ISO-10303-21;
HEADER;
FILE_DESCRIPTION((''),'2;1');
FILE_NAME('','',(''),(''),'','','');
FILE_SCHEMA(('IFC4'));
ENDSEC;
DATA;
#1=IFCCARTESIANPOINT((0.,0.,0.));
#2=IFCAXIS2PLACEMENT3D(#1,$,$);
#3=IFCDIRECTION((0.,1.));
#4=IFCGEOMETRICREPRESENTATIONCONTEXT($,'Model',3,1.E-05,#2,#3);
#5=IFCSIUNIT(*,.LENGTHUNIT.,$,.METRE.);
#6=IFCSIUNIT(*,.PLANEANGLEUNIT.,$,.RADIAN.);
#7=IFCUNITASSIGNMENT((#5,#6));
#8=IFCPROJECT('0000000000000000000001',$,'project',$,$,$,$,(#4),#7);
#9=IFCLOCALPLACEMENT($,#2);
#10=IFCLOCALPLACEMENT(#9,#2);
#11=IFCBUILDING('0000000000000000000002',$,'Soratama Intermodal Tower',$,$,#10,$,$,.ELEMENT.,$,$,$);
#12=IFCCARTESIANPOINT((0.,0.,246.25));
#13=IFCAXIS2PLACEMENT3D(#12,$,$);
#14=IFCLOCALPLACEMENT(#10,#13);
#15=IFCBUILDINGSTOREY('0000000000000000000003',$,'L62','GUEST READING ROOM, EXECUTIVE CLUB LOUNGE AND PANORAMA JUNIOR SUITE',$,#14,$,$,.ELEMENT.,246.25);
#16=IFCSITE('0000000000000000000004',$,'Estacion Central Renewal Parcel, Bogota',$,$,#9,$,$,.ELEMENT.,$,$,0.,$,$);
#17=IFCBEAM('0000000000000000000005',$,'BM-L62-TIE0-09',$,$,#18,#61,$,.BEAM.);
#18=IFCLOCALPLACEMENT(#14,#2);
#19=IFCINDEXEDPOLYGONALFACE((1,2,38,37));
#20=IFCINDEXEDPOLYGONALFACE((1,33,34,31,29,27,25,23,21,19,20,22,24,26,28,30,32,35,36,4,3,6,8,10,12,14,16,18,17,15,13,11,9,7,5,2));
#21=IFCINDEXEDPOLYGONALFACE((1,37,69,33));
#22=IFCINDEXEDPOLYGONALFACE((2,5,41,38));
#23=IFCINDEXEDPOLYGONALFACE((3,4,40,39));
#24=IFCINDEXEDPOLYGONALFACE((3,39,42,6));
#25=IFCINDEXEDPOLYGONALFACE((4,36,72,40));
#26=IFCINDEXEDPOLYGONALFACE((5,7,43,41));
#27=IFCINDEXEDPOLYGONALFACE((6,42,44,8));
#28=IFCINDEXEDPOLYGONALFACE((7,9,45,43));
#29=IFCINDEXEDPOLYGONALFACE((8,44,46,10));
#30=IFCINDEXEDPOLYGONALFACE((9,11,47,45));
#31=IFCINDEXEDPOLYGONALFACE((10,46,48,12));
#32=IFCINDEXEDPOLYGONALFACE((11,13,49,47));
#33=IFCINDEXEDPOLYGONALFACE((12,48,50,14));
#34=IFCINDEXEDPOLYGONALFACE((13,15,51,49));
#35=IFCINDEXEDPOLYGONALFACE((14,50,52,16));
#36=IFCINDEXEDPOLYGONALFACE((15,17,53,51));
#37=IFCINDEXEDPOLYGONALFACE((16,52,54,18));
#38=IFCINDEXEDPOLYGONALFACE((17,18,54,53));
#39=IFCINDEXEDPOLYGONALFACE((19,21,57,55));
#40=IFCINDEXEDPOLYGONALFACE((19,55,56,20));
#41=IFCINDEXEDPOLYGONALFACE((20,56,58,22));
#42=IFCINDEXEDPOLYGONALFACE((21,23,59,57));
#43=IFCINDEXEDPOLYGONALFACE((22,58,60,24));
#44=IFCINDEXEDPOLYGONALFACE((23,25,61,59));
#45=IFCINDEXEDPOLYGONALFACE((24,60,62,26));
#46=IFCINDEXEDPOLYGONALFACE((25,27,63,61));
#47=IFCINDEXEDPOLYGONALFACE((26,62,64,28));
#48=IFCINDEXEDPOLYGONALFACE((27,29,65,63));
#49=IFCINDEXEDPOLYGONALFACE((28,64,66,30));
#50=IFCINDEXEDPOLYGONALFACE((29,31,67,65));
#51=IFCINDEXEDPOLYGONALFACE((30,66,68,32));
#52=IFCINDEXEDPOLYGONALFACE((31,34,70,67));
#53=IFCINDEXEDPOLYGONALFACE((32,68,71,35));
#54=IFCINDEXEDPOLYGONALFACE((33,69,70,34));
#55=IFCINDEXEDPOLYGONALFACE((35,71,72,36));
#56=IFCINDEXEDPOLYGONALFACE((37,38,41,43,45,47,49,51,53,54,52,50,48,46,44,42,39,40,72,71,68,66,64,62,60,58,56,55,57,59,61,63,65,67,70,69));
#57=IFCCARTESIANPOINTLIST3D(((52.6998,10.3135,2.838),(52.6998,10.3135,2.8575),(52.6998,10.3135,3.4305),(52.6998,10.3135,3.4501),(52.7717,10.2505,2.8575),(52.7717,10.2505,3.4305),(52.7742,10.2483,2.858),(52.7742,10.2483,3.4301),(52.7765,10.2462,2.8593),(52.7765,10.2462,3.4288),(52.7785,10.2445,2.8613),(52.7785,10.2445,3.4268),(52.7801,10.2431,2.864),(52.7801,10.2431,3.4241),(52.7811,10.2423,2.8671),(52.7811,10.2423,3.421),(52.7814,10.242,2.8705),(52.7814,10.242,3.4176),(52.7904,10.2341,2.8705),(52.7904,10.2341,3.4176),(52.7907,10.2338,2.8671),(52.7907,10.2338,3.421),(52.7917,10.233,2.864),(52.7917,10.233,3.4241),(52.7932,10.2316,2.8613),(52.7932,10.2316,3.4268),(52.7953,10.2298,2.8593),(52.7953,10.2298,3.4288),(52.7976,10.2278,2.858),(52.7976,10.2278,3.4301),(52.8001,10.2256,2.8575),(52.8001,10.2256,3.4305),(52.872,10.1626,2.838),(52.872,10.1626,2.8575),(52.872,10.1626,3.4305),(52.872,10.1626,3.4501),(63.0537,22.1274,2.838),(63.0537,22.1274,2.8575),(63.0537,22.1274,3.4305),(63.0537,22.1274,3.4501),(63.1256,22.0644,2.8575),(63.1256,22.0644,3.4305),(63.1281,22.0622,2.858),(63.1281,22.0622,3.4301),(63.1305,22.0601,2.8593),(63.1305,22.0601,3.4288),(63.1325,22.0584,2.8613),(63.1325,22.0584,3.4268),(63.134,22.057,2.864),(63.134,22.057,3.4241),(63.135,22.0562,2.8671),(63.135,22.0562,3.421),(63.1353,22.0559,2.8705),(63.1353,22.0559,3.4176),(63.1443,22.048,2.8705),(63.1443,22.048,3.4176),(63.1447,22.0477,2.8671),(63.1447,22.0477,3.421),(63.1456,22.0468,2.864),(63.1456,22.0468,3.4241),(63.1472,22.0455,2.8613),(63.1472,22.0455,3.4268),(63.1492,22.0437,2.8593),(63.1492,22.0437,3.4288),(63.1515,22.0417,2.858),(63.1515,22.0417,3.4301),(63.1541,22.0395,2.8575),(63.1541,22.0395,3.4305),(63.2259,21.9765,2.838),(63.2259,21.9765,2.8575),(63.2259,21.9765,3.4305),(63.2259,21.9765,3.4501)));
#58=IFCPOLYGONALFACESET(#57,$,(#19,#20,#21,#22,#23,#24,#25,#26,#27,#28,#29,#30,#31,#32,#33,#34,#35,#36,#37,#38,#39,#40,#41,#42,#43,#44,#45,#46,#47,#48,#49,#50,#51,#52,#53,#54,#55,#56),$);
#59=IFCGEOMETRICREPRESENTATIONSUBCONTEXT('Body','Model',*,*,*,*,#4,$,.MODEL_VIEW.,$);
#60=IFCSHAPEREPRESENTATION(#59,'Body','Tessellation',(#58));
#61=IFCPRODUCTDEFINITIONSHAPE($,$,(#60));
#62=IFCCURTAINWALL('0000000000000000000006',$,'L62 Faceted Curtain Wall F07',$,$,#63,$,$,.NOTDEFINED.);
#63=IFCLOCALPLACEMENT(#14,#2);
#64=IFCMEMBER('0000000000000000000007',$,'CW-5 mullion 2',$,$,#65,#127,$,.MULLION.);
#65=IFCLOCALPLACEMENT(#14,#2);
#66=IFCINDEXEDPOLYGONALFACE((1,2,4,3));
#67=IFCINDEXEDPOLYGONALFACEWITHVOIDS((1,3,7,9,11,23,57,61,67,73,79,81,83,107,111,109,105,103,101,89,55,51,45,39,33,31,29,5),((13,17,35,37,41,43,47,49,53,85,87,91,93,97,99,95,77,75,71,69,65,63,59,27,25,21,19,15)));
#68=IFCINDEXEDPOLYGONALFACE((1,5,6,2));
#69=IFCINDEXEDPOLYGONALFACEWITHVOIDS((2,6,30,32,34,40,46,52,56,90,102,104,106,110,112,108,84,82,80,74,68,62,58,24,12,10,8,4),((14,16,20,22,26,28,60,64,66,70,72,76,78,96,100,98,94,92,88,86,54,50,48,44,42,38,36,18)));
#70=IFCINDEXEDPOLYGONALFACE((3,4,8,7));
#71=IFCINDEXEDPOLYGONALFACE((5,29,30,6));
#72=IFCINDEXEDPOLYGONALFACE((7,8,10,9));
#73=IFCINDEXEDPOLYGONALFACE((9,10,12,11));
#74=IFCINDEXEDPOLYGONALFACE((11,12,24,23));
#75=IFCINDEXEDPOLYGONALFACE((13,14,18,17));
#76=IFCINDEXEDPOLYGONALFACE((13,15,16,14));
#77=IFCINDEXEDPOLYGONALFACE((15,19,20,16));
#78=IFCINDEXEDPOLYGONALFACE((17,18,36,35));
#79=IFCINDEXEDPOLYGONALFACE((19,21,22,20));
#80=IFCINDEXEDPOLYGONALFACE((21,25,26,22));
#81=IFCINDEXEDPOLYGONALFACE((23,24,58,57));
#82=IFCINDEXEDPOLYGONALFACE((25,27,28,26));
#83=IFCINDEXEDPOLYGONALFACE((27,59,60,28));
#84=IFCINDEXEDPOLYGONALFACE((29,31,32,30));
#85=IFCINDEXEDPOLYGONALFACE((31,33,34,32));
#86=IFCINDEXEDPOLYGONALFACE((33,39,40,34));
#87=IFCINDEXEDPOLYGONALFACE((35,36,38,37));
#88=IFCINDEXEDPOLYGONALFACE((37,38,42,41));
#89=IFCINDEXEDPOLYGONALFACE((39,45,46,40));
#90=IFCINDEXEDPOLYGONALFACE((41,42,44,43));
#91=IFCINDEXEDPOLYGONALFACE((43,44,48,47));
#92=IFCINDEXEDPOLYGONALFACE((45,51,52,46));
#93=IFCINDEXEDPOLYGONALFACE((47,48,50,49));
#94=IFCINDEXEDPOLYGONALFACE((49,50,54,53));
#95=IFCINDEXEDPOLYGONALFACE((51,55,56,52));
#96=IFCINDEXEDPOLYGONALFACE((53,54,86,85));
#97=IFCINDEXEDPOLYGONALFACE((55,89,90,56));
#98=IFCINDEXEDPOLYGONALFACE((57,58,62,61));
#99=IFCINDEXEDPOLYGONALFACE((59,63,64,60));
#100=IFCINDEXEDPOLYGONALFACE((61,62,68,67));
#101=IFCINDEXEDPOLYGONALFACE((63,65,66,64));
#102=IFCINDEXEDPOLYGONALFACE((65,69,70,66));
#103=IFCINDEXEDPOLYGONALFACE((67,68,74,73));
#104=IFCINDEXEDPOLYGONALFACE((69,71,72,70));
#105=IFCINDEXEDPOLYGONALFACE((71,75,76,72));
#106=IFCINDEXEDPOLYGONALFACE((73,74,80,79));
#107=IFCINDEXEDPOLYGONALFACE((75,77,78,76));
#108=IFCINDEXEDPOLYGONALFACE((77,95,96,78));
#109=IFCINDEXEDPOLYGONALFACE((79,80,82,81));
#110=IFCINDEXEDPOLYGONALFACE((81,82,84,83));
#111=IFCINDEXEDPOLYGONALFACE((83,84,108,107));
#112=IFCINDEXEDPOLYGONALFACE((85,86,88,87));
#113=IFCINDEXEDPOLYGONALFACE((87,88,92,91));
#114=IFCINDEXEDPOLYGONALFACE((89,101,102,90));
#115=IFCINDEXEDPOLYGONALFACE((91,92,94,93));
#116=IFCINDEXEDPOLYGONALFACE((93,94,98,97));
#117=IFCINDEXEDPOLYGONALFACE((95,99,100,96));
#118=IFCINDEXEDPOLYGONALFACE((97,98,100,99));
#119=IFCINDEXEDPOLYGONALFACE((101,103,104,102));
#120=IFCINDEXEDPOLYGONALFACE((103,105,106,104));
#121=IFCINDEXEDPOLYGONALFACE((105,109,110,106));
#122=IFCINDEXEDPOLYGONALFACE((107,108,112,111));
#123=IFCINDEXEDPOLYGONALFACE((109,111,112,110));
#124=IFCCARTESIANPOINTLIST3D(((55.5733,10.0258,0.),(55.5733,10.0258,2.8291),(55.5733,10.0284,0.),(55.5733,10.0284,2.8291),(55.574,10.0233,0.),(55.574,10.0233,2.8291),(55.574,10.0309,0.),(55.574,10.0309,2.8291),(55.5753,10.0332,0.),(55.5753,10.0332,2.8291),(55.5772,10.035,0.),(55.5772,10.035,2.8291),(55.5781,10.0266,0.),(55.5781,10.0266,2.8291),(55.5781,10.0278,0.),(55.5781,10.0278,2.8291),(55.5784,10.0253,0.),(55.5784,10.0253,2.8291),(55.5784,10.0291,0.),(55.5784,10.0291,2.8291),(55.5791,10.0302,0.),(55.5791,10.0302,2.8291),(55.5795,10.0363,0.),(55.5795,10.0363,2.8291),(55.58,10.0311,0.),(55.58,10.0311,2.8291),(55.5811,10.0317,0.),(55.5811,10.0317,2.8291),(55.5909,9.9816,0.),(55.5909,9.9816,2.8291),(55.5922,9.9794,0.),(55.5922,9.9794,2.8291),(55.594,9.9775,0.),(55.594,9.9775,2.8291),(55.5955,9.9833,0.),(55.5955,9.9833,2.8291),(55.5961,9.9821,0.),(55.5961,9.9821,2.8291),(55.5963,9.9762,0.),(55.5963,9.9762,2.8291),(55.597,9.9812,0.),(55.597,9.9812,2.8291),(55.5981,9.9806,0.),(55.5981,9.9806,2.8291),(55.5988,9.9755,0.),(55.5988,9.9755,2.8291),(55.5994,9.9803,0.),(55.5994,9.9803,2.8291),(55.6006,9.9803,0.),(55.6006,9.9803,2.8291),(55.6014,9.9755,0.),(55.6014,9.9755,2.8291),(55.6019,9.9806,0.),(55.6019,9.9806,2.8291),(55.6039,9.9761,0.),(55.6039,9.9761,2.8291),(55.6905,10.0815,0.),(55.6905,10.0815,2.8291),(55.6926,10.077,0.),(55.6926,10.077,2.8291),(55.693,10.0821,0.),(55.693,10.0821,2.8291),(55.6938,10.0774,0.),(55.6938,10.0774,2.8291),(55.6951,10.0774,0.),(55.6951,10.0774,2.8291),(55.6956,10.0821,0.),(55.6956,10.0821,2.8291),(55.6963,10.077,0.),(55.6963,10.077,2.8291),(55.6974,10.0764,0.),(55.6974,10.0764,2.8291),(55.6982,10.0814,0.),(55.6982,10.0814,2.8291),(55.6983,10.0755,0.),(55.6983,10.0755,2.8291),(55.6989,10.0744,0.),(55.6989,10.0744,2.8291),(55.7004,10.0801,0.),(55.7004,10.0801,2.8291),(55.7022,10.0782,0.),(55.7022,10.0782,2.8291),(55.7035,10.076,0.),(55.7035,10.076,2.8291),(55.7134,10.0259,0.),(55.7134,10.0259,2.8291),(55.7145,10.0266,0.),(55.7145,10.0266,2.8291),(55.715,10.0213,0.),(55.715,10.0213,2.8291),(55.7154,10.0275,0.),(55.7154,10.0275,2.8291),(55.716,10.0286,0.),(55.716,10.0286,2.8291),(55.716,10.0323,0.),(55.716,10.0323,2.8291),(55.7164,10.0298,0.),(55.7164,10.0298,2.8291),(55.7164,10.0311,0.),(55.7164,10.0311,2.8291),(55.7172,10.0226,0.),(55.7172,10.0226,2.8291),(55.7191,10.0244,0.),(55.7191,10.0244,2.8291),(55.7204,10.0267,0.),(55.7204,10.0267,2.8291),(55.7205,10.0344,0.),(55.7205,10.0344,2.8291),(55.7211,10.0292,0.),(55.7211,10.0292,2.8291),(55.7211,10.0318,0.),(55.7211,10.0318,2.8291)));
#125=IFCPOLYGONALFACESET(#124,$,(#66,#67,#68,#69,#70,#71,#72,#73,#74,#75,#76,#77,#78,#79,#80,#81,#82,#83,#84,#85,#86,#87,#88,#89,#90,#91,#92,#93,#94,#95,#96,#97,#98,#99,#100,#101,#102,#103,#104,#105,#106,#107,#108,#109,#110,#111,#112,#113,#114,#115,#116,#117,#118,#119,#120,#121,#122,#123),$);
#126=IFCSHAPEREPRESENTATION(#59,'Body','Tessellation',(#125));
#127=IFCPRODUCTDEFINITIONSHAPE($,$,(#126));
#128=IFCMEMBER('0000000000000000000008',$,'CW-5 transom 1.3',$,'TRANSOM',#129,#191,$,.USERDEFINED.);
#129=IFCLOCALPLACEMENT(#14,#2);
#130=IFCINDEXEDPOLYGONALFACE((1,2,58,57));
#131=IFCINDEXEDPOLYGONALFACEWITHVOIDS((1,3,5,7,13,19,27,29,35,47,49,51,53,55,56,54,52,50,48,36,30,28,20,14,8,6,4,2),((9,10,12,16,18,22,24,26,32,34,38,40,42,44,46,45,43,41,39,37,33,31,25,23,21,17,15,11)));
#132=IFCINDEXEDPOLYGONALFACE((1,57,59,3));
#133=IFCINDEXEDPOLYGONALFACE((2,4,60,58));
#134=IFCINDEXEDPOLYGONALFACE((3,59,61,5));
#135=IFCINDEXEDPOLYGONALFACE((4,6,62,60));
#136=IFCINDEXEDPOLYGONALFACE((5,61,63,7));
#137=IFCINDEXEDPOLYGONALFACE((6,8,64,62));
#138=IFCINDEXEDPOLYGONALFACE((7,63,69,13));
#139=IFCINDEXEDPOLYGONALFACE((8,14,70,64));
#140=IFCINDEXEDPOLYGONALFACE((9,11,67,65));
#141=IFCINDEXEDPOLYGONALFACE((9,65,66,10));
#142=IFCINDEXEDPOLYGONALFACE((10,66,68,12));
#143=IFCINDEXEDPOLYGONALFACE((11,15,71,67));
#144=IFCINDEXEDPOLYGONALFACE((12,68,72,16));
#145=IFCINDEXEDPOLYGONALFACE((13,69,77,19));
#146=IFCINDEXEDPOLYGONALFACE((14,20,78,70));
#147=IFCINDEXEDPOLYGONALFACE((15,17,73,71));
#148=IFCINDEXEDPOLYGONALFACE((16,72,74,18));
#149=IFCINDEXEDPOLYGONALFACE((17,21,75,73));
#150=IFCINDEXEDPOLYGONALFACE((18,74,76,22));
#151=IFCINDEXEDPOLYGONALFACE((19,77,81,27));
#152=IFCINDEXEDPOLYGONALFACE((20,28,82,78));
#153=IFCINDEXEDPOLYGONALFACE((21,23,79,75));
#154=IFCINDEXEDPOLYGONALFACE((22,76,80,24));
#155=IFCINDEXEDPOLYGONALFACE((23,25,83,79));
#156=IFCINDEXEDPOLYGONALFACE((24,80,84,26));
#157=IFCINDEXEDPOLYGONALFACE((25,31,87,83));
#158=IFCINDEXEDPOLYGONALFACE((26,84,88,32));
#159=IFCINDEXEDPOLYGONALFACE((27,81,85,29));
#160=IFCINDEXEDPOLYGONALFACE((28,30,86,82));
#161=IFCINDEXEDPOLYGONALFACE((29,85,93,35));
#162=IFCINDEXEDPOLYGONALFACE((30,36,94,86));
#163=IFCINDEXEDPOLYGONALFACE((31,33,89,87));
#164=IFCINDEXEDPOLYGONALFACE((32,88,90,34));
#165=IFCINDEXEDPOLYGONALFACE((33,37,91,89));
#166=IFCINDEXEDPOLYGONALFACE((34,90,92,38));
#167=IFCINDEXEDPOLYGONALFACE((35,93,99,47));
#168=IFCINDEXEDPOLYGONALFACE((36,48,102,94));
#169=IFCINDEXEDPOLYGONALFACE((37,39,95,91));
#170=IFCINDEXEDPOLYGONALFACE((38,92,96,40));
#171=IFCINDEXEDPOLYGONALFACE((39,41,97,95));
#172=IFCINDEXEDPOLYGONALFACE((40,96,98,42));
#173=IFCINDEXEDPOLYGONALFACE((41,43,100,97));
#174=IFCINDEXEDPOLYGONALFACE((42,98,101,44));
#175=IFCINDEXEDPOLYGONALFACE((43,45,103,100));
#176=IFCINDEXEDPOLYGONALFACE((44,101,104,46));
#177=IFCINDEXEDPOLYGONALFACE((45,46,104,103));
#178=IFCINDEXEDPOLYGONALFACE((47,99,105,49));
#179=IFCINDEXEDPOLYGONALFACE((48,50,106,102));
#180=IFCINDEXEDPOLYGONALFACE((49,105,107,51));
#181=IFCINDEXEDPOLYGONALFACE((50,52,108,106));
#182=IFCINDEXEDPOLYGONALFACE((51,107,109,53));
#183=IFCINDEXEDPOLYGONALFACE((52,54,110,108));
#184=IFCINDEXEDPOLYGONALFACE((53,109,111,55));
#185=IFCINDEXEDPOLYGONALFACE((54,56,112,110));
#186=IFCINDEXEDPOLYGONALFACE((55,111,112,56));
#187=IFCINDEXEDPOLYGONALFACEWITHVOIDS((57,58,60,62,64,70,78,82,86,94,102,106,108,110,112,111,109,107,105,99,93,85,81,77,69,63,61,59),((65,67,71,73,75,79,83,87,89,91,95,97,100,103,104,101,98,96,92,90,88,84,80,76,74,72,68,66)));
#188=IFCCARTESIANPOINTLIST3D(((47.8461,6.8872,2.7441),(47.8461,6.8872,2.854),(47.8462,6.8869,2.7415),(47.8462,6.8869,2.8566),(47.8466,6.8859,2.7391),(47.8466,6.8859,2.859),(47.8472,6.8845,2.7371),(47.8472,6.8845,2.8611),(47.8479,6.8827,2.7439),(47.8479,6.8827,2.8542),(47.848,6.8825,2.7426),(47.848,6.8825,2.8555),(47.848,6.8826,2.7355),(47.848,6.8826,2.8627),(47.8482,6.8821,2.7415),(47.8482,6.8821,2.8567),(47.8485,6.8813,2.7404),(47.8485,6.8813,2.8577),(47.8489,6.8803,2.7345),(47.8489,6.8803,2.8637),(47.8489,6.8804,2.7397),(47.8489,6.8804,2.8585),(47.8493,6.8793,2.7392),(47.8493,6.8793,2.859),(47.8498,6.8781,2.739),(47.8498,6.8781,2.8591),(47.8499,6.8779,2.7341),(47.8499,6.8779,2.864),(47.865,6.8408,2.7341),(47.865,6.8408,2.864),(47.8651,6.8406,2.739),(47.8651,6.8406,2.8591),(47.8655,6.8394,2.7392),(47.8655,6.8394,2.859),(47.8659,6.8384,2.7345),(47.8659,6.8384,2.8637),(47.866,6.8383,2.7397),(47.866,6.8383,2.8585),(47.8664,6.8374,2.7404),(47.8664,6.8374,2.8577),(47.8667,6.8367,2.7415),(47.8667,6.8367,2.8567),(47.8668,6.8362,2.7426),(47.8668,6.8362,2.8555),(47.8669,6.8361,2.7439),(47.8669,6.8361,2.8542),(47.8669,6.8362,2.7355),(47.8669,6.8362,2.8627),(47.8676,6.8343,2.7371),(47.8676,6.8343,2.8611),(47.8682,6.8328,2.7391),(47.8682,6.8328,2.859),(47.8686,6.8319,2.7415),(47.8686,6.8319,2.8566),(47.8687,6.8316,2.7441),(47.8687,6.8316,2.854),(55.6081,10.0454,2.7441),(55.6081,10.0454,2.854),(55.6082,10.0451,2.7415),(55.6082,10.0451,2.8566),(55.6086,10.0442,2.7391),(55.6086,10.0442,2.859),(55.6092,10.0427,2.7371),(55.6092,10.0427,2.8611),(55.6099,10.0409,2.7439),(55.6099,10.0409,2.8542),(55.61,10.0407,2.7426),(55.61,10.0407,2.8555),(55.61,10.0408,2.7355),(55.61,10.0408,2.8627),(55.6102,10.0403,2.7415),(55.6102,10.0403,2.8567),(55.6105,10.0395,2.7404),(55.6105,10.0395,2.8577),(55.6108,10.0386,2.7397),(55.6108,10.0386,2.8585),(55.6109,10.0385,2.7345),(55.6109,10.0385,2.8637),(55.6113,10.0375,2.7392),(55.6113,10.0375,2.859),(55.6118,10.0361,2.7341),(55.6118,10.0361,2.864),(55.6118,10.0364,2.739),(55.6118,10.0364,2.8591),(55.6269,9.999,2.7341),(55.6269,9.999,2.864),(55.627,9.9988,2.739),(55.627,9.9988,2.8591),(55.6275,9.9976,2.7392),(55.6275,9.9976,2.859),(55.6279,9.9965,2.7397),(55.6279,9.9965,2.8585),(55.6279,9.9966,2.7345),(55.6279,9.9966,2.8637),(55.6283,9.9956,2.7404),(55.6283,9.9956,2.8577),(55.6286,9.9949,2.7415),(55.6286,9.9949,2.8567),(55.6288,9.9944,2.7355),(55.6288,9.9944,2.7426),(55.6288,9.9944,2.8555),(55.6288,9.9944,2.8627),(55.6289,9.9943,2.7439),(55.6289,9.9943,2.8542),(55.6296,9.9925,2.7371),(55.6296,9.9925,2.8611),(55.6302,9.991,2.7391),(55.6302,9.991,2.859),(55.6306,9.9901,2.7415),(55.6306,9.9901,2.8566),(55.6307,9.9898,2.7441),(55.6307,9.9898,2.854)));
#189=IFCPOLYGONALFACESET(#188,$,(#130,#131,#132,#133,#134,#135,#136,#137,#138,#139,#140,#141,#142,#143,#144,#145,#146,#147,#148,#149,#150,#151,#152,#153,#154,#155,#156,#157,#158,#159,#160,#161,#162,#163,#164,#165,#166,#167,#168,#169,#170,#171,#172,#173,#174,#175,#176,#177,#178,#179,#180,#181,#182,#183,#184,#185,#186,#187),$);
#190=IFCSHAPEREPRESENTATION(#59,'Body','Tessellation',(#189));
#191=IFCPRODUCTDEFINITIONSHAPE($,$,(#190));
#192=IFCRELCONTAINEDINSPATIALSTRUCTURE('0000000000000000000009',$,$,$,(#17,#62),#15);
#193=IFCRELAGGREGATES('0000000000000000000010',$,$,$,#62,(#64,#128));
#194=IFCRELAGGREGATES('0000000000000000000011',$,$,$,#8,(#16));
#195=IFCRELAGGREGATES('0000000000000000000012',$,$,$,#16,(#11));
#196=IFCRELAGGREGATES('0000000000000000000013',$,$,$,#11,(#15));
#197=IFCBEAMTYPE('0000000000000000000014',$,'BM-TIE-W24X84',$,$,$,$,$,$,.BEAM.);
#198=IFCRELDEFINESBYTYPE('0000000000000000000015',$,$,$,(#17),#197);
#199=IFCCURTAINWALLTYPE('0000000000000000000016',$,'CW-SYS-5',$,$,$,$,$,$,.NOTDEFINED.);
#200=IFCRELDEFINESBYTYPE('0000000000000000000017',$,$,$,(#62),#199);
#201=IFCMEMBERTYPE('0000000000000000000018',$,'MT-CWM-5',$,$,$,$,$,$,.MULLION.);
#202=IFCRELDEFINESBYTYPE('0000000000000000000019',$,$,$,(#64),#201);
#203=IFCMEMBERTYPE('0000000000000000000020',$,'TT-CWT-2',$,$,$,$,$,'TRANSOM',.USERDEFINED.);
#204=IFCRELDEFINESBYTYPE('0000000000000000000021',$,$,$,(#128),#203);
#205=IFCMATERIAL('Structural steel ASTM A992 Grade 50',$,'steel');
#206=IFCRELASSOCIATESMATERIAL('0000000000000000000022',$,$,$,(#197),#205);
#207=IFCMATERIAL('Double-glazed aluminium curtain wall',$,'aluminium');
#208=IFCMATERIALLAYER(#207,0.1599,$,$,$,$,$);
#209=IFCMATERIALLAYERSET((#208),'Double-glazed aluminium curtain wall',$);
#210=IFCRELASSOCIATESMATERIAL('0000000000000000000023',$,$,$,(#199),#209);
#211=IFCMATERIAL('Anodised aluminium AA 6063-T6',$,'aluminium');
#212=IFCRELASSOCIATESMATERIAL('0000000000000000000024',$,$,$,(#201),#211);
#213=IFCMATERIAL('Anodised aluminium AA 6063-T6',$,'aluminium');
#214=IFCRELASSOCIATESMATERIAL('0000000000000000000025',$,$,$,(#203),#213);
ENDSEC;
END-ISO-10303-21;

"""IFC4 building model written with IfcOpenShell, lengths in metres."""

from ifc_helpers import new_model, si_unit, direction, frame, origin, origin_2d, place, context, subcontext, project, spatial, hollow_rectangle, i_section, extrude, material, layer, layer_set, material_profile, profile_set, type_object, element, aggregate, save


model = new_model("IFC4")

# Units and contexts
model_context = context("Model", 3, precision=1e-05, world=origin(), true_north=direction((0.0, 1.0)))
body_context = subcontext(model_context, "Body", "Model", "MODEL_VIEW")
ifc_project = project(units=[si_unit("LENGTHUNIT", "METRE"), si_unit("PLANEANGLEUNIT", "RADIAN")], contexts=[model_context])

# Site, building, storey
site_placement = place(None, origin())
site = spatial("IfcSite", under=ifc_project, at=site_placement, Name="Estacion Central Renewal Parcel, Bogota", CompositionType="ELEMENT", RefElevation=0.0)
building_placement = place(site_placement, origin())
building = spatial("IfcBuilding", under=site, at=building_placement, Name="Soratama Intermodal Tower", CompositionType="ELEMENT")
storey_placement = place(building_placement, frame((0.0, 0.0, 246.25)))
storey = spatial("IfcBuildingStorey", under=building, at=storey_placement, Name="L62", Description="GUEST READING ROOM, EXECUTIVE CLUB LOUNGE AND PANORAMA JUNIOR SUITE", CompositionType="ELEMENT", Elevation=246.25)

# Beam
ifc_material_1 = material(Name="Structural steel ASTM A992 Grade 50", Category="steel")
ifc_material_profile_1 = material_profile(ifc_material_1, i_section(OverallWidth=0.229, OverallDepth=0.6121, WebThickness=0.012, FlangeThickness=0.0195, FilletRadius=0.0129, at=origin_2d()), Name="W24X84")
ifc_profile_set_1 = profile_set([ifc_material_profile_1], Name="Structural steel ASTM A992 Grade 50")
beam_type_1 = type_object("IfcBeamType", Name="BM-TIE-W24X84", PredefinedType="BEAM", material=ifc_profile_set_1)
beam_1_placement = place(storey_placement, frame((52.7859, 10.238, 3.144), z_axis=(0.65911, 0.752047, 0.0), x_axis=(-0.752047, 0.65911, 0.0)))
element("IfcBeam", 1, at=beam_1_placement, inside=storey, type_object=beam_type_1, Name="BM-L62-TIE0-09", PredefinedType="BEAM", context=body_context, shape_type="SweptSolid", body=[
    extrude(i_section(OverallWidth=0.229, OverallDepth=0.6121, WebThickness=0.012, FlangeThickness=0.0195, FilletRadius=0.0129, at=origin_2d()), origin(), (0.0, 0.0, 1.0), 15.709),
])

# Curtain wall, members
ifc_material_2 = material(Name="Double-glazed aluminium curtain wall", Category="aluminium")
ifc_layer_1 = layer(ifc_material_2, 0.1599)
ifc_layer_set_1 = layer_set([ifc_layer_1], Name="Double-glazed aluminium curtain wall")
curtain_wall_type = type_object("IfcCurtainWallType", Name="CW-SYS-5", PredefinedType="NOTDEFINED", material=ifc_layer_set_1)
curtain_wall_placement = place(storey_placement, origin())
curtain_wall = element("IfcCurtainWall", 2, at=curtain_wall_placement, inside=storey, type_object=curtain_wall_type, Name="L62 Faceted Curtain Wall F07", PredefinedType="NOTDEFINED")
ifc_material_3 = material(Name="Anodised aluminium AA 6063-T6", Category="aluminium")
ifc_material_profile_2 = material_profile(ifc_material_3, hollow_rectangle(XDim=0.0649, YDim=0.1399, WallThickness=0.0049, InnerFilletRadius=0.0049, OuterFilletRadius=0.01, at=origin_2d()), Name="CWM140X65X5")
ifc_profile_set_2 = profile_set([ifc_material_profile_2], Name="Anodised aluminium AA 6063-T6")
member_type_1 = type_object("IfcMemberType", Name="MT-CWM-5", PredefinedType="MULLION", material=ifc_profile_set_2)
member_1_placement = place(storey_placement, frame((55.6472, 10.0288, 0.0), z_axis=(0.0, 0.0, 1.0), x_axis=(-0.376881, 0.926262, 0.0)))
member_1 = element("IfcMember", 3, at=member_1_placement, type_object=member_type_1, Name="CW-5 mullion 2", PredefinedType="MULLION", context=body_context, shape_type="SweptSolid", body=[
    extrude(hollow_rectangle(XDim=0.0649, YDim=0.1399, WallThickness=0.0049, InnerFilletRadius=0.0049, OuterFilletRadius=0.01, at=origin_2d()), origin(), (0.0, 0.0, 1.0), 2.8291),
])
ifc_material_4 = material(Name="Anodised aluminium AA 6063-T6", Category="aluminium")
ifc_material_profile_3 = material_profile(ifc_material_4, hollow_rectangle(XDim=0.0601, YDim=0.1299, WallThickness=0.0049, InnerFilletRadius=0.0049, OuterFilletRadius=0.01, at=origin_2d()), Name="CWT130X60X5")
ifc_profile_set_3 = profile_set([ifc_material_profile_3], Name="Anodised aluminium AA 6063-T6")
member_type_2 = type_object("IfcMemberType", Name="TT-CWT-2", ElementType="TRANSOM", PredefinedType="USERDEFINED", material=ifc_profile_set_3)
member_2_placement = place(storey_placement, frame((47.8574, 6.8594, 2.7991), z_axis=(0.926262, 0.376879, 0.0), x_axis=(-0.376879, 0.926262, 0.0)))
member_2 = element("IfcMember", 4, at=member_2_placement, type_object=member_type_2, Name="CW-5 transom 1.3", ObjectType="TRANSOM", PredefinedType="USERDEFINED", context=body_context, shape_type="SweptSolid", body=[
    extrude(hollow_rectangle(XDim=0.0601, YDim=0.1299, WallThickness=0.0049, InnerFilletRadius=0.0049, OuterFilletRadius=0.01, at=origin_2d()), origin(), (0.0, 0.0, 1.0), 8.3799),
])
aggregate(curtain_wall, [member_1, member_2])

save(model, "model.ifc")
